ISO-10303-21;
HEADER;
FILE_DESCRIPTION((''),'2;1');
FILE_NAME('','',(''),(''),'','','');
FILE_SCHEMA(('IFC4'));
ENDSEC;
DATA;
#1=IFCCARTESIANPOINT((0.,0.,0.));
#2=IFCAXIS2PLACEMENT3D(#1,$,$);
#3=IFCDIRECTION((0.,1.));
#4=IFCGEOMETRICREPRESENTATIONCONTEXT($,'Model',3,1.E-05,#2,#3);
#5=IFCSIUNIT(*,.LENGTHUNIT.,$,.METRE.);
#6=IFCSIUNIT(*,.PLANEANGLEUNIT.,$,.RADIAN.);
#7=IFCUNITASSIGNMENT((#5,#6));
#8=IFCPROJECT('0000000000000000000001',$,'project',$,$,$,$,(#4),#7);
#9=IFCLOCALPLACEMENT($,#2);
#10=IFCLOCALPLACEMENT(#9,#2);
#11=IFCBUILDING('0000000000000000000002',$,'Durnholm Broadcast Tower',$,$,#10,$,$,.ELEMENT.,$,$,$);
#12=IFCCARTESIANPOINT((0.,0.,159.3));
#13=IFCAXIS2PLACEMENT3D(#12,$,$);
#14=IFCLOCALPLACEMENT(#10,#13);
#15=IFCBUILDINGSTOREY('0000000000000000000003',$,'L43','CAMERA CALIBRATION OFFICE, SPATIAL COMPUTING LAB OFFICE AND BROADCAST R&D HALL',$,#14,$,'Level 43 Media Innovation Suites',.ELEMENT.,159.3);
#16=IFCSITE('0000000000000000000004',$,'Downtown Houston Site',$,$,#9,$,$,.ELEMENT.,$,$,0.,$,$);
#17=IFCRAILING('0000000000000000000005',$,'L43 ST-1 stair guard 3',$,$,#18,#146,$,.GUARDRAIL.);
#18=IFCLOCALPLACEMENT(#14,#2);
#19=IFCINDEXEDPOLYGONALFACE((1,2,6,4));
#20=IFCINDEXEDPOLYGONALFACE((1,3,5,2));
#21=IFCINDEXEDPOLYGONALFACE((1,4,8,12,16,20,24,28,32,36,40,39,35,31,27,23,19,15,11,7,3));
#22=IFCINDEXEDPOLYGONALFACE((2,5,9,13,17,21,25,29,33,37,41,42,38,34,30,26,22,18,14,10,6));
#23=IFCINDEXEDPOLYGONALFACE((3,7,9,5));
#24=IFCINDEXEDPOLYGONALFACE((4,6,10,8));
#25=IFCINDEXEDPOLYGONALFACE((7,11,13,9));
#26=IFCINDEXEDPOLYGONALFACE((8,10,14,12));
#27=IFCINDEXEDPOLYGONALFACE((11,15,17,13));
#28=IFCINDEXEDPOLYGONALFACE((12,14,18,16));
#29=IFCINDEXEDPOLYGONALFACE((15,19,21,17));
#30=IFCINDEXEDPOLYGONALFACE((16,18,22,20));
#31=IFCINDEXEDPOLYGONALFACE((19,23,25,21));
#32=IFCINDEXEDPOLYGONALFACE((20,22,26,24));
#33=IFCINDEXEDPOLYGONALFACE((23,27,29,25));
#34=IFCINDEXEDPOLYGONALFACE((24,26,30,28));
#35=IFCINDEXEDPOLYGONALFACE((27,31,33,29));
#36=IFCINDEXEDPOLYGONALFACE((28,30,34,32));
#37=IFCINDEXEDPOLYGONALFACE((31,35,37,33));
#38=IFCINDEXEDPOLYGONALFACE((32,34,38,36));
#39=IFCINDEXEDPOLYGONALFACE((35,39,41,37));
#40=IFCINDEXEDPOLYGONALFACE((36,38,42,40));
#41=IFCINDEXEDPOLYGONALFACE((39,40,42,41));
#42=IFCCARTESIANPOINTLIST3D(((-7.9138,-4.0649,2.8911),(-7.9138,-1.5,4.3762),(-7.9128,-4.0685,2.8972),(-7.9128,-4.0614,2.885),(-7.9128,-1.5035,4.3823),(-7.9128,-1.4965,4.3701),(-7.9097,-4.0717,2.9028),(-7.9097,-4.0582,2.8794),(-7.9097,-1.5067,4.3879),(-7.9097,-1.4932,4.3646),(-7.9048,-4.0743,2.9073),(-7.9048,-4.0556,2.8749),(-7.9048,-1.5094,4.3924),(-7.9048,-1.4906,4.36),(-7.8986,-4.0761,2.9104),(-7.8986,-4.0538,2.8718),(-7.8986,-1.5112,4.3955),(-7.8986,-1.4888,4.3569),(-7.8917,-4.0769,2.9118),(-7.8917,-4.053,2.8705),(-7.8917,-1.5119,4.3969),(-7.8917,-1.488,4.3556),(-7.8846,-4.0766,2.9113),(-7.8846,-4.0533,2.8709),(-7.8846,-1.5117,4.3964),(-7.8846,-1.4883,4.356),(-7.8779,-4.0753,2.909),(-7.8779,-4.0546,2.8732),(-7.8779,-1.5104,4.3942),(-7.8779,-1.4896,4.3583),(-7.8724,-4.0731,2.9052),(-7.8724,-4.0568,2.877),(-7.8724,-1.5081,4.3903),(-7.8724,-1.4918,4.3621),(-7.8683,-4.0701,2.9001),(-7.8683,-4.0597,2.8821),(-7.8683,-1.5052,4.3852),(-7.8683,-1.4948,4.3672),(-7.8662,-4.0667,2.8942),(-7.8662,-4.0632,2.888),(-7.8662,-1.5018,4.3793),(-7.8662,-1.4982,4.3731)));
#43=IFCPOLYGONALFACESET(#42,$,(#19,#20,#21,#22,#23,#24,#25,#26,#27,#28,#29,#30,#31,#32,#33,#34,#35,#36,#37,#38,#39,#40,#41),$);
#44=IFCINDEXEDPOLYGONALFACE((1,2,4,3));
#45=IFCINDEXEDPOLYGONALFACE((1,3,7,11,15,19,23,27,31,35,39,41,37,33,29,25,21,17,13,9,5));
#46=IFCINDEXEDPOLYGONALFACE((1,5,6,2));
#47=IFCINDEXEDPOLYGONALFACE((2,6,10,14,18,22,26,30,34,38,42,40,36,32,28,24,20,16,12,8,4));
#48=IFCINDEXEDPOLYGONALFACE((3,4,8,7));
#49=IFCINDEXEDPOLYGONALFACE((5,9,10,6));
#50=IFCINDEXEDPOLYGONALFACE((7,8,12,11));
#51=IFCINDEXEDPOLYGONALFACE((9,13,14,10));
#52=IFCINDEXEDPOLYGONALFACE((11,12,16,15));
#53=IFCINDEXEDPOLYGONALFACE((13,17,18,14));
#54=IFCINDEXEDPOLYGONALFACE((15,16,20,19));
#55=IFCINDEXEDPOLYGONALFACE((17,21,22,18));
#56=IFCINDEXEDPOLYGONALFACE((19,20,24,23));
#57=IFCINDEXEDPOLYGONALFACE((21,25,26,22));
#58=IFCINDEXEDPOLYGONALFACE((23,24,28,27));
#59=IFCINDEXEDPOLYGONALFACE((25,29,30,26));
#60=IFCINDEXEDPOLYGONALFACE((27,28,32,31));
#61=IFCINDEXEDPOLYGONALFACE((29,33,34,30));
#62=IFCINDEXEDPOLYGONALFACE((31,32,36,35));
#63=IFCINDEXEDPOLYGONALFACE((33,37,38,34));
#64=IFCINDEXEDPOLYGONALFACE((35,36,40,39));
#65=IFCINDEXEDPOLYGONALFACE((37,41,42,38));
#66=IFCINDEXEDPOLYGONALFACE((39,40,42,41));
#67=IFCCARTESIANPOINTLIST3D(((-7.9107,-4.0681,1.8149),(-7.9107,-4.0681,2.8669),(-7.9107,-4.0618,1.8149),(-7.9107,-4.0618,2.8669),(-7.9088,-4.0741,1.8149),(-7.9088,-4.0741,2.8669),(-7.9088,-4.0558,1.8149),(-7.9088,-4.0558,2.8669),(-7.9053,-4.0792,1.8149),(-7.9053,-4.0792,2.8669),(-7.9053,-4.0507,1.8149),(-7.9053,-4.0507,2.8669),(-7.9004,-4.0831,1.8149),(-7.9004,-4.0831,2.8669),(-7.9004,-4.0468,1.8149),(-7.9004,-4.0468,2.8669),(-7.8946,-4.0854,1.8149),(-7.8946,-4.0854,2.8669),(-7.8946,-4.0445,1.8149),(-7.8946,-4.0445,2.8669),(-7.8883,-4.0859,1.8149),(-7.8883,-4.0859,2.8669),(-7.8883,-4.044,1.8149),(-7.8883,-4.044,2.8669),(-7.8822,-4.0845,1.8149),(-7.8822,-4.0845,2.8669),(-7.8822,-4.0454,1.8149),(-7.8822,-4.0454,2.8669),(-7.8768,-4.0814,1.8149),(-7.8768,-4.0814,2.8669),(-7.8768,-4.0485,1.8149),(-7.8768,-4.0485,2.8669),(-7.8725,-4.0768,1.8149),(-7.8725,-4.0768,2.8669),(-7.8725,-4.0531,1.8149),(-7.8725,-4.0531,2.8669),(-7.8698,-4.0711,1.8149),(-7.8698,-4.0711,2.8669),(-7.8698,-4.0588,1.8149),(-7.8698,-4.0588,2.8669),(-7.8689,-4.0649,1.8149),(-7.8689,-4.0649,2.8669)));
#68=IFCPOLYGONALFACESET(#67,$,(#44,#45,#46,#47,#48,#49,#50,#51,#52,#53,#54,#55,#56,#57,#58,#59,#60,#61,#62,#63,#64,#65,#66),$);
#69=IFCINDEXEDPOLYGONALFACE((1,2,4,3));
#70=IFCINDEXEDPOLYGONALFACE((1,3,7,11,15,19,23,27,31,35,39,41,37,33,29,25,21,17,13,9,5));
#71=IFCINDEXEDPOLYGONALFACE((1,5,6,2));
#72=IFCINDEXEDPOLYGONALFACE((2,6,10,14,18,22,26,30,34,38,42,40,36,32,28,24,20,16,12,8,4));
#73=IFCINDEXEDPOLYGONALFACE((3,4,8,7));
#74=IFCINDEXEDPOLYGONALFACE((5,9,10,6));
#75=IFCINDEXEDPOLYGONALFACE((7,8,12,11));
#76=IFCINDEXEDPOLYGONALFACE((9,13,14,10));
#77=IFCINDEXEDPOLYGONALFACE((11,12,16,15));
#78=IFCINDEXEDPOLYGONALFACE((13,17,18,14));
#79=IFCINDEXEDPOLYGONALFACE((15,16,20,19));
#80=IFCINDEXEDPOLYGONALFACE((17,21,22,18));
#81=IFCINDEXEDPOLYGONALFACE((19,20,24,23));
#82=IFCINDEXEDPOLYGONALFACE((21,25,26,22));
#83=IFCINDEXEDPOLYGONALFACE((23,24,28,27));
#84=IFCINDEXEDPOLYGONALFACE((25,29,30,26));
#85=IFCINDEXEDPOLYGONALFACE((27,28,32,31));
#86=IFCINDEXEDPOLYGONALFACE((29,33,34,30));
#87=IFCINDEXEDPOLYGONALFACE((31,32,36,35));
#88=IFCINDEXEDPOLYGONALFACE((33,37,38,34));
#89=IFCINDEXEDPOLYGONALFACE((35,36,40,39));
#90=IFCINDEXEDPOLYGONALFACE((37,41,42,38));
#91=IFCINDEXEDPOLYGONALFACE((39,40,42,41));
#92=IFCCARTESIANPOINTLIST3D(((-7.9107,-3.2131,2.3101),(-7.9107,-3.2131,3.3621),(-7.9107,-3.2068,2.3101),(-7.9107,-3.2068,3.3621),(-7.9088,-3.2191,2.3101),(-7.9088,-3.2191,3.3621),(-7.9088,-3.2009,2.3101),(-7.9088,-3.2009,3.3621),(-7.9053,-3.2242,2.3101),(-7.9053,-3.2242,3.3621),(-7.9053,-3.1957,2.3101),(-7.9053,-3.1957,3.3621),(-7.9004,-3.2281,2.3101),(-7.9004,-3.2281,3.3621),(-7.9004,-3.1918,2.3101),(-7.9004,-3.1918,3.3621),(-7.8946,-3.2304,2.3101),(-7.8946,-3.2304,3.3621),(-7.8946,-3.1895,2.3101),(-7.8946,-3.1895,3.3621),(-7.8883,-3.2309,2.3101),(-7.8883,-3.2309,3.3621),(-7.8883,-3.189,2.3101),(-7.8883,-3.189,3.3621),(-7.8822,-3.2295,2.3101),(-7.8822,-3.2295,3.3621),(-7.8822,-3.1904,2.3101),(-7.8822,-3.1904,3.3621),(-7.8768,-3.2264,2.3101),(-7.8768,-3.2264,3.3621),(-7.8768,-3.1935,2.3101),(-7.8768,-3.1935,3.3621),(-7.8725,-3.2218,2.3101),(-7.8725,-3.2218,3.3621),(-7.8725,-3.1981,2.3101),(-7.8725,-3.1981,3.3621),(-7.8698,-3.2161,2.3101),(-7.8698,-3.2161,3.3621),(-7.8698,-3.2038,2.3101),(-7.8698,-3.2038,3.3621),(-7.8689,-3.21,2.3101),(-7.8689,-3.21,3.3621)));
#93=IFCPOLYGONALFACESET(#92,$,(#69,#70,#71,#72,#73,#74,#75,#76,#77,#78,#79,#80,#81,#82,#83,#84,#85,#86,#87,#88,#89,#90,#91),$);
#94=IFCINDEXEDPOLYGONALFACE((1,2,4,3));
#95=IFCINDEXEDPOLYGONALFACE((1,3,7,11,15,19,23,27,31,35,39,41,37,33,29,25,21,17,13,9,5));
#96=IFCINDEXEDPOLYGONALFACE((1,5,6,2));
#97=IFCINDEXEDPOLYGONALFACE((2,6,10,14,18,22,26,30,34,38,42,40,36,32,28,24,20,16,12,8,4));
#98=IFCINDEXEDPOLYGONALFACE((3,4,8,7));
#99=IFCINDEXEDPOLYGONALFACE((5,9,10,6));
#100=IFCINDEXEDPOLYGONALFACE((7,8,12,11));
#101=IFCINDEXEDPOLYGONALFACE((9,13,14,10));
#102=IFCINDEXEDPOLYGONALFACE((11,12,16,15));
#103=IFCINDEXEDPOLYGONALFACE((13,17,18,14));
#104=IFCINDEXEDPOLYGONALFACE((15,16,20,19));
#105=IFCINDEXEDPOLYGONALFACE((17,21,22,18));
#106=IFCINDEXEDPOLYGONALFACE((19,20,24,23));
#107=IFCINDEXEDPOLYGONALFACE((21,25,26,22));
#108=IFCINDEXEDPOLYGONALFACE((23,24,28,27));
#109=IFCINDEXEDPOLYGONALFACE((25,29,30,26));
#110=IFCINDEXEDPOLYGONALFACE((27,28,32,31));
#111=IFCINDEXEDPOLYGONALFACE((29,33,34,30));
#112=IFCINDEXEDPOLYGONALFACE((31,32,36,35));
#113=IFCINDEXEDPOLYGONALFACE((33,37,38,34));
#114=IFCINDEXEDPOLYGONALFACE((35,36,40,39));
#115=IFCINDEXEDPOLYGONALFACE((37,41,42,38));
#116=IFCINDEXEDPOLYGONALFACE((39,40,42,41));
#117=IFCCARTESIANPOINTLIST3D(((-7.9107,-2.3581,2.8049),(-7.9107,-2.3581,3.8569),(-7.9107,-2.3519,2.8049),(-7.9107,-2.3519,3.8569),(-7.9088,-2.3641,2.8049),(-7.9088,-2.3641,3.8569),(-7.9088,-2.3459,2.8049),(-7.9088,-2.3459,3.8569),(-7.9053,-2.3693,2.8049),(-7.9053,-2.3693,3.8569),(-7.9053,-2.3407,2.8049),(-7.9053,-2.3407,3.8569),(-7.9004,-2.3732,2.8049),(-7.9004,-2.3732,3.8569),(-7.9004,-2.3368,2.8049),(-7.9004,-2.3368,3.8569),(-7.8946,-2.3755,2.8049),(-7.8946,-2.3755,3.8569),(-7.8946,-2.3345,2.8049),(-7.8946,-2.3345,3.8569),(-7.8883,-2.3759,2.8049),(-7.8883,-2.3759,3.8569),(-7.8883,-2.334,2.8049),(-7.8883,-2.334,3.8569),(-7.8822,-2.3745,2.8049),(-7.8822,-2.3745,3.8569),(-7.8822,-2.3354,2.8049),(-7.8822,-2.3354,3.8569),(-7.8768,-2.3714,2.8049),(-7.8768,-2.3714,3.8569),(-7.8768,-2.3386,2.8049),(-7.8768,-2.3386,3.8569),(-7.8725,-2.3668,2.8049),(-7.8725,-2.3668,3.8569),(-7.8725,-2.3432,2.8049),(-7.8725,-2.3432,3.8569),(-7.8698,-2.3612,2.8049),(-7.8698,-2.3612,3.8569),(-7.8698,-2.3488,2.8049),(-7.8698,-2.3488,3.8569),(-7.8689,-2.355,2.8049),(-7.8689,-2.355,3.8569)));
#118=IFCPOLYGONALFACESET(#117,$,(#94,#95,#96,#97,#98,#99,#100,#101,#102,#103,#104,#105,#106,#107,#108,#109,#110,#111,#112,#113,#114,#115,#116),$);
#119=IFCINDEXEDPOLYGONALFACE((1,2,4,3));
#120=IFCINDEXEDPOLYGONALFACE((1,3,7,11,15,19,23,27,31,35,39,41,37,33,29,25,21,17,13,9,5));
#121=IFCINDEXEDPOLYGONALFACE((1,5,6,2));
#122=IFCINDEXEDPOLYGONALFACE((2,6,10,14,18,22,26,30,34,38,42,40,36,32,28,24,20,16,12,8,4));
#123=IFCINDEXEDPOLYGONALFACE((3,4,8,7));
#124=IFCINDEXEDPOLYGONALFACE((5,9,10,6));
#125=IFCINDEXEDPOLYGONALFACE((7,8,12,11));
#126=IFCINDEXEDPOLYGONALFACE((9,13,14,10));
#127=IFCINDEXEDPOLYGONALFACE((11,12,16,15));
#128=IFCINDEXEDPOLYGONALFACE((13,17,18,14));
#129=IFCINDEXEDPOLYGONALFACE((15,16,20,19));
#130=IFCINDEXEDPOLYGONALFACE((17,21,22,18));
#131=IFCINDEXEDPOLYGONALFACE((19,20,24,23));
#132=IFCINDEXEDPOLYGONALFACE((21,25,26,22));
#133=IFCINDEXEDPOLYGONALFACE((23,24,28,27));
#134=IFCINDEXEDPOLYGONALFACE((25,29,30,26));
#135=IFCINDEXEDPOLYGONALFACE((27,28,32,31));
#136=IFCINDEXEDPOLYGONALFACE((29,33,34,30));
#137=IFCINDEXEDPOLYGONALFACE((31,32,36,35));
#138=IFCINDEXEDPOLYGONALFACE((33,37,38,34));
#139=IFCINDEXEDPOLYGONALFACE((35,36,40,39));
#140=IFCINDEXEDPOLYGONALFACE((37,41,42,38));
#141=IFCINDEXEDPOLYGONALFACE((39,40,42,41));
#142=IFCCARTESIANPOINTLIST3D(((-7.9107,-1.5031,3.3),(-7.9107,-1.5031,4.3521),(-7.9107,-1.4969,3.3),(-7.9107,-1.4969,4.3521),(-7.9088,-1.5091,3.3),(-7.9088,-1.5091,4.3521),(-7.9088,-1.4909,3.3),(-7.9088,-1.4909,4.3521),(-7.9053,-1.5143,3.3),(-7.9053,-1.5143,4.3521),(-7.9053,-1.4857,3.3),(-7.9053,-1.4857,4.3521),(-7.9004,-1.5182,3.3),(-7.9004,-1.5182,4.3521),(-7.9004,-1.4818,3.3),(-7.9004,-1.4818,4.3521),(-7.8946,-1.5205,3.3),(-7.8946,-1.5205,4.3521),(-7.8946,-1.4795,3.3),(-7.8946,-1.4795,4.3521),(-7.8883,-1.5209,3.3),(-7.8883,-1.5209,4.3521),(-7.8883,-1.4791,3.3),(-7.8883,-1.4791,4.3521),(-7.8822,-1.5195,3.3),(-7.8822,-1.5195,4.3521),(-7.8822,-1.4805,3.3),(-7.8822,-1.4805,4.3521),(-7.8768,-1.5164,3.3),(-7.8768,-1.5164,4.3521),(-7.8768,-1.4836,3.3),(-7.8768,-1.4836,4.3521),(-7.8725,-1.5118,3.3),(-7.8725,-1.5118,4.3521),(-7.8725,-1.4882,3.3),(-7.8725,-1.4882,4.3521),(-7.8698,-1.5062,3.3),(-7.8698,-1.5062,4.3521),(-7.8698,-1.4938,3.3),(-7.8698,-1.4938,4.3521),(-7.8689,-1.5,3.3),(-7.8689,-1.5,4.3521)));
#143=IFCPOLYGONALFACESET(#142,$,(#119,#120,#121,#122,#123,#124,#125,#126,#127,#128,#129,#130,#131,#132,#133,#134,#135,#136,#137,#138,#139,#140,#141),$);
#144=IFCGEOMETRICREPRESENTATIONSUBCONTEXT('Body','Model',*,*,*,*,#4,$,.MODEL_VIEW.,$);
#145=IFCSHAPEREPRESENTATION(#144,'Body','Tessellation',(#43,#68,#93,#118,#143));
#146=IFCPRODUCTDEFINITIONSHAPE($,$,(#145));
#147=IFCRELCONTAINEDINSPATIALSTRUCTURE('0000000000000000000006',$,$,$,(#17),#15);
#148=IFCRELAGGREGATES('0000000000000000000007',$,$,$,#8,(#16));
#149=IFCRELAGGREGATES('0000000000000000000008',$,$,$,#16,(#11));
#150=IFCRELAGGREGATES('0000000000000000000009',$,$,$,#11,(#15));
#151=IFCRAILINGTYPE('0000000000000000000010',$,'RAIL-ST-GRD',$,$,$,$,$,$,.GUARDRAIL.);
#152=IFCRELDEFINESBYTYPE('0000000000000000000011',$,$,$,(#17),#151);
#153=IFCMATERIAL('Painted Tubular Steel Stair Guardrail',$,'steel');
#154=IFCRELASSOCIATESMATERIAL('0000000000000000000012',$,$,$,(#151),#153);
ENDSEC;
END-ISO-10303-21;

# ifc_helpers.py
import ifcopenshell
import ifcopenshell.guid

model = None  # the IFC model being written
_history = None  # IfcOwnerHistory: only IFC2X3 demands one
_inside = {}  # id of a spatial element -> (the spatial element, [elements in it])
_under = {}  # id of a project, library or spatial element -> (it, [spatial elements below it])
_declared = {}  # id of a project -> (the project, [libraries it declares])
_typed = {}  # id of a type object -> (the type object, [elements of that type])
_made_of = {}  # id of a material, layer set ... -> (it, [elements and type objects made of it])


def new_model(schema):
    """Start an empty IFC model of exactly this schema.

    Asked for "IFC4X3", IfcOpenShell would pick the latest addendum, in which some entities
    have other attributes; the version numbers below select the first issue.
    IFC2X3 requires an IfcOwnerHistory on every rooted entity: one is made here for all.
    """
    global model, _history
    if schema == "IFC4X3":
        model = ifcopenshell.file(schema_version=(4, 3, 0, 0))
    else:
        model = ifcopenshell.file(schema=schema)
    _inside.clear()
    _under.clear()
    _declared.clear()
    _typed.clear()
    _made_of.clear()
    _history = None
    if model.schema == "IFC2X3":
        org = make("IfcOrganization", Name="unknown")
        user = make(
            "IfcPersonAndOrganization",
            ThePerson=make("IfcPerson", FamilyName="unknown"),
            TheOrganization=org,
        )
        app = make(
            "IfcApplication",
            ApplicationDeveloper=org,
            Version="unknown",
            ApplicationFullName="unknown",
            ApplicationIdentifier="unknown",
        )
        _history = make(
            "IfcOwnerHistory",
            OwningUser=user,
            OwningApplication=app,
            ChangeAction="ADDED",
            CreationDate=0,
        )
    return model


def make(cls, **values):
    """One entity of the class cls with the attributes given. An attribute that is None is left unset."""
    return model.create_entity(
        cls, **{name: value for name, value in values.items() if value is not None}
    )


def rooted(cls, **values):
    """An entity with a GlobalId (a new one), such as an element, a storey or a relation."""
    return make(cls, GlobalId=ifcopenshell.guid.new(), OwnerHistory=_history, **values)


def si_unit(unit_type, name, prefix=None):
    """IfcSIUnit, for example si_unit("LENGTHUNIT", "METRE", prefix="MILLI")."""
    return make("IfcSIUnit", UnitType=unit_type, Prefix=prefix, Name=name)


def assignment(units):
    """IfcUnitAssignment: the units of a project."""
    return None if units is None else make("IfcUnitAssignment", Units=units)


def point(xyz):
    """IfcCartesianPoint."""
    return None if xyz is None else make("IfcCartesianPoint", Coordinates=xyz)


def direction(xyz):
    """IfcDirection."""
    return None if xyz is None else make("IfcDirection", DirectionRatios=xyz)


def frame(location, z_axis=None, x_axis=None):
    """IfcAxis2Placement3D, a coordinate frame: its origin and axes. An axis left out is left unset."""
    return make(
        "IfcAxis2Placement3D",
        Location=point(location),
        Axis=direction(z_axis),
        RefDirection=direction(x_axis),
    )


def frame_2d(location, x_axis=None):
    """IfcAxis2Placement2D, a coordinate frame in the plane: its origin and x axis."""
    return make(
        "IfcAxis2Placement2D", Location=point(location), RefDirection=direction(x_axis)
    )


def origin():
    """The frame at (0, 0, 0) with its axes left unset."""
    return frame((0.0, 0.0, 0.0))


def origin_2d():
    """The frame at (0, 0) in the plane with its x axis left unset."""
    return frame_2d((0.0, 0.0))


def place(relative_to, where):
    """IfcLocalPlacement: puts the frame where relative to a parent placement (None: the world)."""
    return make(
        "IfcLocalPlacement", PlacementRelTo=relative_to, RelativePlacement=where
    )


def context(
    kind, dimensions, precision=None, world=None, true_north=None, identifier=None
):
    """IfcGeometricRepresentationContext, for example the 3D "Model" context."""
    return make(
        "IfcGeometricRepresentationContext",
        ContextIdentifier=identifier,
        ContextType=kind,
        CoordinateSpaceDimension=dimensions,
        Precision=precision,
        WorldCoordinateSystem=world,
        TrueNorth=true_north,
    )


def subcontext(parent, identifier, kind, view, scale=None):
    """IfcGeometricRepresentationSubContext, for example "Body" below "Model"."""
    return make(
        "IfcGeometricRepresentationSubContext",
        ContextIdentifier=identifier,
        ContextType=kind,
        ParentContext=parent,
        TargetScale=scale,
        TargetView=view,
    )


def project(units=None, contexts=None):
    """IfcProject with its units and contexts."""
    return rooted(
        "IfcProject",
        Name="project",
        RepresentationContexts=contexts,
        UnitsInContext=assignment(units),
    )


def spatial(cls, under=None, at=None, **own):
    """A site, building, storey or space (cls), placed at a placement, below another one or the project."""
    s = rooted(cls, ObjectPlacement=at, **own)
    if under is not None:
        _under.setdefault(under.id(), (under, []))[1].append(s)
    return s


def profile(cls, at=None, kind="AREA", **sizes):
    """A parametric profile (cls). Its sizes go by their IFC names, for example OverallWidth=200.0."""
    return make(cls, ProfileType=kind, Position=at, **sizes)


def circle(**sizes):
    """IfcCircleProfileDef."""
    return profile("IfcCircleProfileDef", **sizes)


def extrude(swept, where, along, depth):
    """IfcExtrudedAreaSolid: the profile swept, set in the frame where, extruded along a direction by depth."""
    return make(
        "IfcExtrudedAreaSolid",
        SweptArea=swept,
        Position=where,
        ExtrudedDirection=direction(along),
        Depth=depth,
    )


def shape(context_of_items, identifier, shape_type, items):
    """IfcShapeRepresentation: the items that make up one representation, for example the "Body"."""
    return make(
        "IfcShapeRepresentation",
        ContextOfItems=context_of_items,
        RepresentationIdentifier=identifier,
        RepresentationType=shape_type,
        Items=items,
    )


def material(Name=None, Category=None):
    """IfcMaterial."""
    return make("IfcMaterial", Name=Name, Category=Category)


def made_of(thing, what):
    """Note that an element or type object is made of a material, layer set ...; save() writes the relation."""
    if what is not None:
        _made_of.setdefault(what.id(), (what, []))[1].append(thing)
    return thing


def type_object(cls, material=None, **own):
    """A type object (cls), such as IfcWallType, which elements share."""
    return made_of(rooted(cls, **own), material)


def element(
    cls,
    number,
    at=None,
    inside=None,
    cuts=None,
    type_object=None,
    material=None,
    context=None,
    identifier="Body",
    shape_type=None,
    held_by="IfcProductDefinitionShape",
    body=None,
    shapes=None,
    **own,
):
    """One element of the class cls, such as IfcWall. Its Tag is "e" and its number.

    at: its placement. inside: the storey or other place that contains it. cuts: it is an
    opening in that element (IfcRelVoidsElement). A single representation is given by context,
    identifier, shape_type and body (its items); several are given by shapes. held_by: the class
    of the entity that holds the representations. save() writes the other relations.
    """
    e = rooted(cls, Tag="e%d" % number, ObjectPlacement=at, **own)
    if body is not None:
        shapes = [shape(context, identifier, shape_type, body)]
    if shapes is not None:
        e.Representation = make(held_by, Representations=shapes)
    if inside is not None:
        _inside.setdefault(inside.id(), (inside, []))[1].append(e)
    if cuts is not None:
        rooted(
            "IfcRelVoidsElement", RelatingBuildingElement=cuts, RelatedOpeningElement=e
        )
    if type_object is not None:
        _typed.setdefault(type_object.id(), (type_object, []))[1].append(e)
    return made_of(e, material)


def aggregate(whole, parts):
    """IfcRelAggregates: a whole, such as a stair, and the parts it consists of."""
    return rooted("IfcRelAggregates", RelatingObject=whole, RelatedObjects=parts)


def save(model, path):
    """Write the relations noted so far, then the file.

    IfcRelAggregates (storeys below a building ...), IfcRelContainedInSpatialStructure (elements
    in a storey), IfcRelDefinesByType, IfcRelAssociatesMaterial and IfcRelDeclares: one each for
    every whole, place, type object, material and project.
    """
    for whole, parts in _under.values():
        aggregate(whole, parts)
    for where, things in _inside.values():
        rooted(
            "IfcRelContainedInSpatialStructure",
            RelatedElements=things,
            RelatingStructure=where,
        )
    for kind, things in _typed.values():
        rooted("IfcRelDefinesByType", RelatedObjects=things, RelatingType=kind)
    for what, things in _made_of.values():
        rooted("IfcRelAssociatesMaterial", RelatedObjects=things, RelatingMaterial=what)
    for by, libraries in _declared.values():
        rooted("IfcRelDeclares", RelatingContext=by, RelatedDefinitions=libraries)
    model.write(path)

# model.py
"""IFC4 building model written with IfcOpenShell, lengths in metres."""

from ifc_helpers import new_model, si_unit, direction, frame, origin, origin_2d, place, context, subcontext, project, spatial, circle, extrude, material, type_object, element, save


model = new_model("IFC4")

# Units and contexts
model_context = context("Model", 3, precision=1e-05, world=origin(), true_north=direction((0.0, 1.0)))
body_context = subcontext(model_context, "Body", "Model", "MODEL_VIEW")
ifc_project = project(units=[si_unit("LENGTHUNIT", "METRE"), si_unit("PLANEANGLEUNIT", "RADIAN")], contexts=[model_context])

# Site, building, storey
site_placement = place(None, origin())
site = spatial("IfcSite", under=ifc_project, at=site_placement, Name="Downtown Houston Site", CompositionType="ELEMENT", RefElevation=0.0)
building_placement = place(site_placement, origin())
building = spatial("IfcBuilding", under=site, at=building_placement, Name="Durnholm Broadcast Tower", CompositionType="ELEMENT")
storey_placement = place(building_placement, frame((0.0, 0.0, 159.3)))
storey = spatial("IfcBuildingStorey", under=building, at=storey_placement, Name="L43", Description="CAMERA CALIBRATION OFFICE, SPATIAL COMPUTING LAB OFFICE AND BROADCAST R&D HALL", LongName="Level 43 Media Innovation Suites", CompositionType="ELEMENT", Elevation=159.3)

# Railing
ifc_material_1 = material(Name="Painted Tubular Steel Stair Guardrail", Category="steel")
railing_type_1 = type_object("IfcRailingType", Name="RAIL-ST-GRD", PredefinedType="GUARDRAIL", material=ifc_material_1)
railing_1_placement = place(storey_placement, frame((-7.8899, -4.0649, 1.8149)))
element("IfcRailing", 1, at=railing_1_placement, inside=storey, type_object=railing_type_1, Name="L43 ST-1 stair guard 3", PredefinedType="GUARDRAIL", context=body_context, shape_type="SweptSolid", body=[
    extrude(circle(Radius=0.0239, at=origin_2d()), frame((0.0, 0.0, 1.0762), z_axis=(0.0, 0.865406, 0.501072), x_axis=(-1.0, 0.0, 0.0)), (0.0, 0.0, 1.0), 2.9639),
    extrude(circle(Radius=0.021, at=origin_2d()), origin(), (0.0, 0.0, 1.0), 1.052),
    extrude(circle(Radius=0.021, at=origin_2d()), frame((0.0, 0.855, 0.4951)), (0.0, 0.0, 1.0), 1.052),
    extrude(circle(Radius=0.021, at=origin_2d()), frame((0.0, 1.71, 0.99)), (0.0, 0.0, 1.0), 1.052),
    extrude(circle(Radius=0.021, at=origin_2d()), frame((0.0, 2.5649, 1.4851)), (0.0, 0.0, 1.0), 1.052),
])

save(model, "model.ifc")
